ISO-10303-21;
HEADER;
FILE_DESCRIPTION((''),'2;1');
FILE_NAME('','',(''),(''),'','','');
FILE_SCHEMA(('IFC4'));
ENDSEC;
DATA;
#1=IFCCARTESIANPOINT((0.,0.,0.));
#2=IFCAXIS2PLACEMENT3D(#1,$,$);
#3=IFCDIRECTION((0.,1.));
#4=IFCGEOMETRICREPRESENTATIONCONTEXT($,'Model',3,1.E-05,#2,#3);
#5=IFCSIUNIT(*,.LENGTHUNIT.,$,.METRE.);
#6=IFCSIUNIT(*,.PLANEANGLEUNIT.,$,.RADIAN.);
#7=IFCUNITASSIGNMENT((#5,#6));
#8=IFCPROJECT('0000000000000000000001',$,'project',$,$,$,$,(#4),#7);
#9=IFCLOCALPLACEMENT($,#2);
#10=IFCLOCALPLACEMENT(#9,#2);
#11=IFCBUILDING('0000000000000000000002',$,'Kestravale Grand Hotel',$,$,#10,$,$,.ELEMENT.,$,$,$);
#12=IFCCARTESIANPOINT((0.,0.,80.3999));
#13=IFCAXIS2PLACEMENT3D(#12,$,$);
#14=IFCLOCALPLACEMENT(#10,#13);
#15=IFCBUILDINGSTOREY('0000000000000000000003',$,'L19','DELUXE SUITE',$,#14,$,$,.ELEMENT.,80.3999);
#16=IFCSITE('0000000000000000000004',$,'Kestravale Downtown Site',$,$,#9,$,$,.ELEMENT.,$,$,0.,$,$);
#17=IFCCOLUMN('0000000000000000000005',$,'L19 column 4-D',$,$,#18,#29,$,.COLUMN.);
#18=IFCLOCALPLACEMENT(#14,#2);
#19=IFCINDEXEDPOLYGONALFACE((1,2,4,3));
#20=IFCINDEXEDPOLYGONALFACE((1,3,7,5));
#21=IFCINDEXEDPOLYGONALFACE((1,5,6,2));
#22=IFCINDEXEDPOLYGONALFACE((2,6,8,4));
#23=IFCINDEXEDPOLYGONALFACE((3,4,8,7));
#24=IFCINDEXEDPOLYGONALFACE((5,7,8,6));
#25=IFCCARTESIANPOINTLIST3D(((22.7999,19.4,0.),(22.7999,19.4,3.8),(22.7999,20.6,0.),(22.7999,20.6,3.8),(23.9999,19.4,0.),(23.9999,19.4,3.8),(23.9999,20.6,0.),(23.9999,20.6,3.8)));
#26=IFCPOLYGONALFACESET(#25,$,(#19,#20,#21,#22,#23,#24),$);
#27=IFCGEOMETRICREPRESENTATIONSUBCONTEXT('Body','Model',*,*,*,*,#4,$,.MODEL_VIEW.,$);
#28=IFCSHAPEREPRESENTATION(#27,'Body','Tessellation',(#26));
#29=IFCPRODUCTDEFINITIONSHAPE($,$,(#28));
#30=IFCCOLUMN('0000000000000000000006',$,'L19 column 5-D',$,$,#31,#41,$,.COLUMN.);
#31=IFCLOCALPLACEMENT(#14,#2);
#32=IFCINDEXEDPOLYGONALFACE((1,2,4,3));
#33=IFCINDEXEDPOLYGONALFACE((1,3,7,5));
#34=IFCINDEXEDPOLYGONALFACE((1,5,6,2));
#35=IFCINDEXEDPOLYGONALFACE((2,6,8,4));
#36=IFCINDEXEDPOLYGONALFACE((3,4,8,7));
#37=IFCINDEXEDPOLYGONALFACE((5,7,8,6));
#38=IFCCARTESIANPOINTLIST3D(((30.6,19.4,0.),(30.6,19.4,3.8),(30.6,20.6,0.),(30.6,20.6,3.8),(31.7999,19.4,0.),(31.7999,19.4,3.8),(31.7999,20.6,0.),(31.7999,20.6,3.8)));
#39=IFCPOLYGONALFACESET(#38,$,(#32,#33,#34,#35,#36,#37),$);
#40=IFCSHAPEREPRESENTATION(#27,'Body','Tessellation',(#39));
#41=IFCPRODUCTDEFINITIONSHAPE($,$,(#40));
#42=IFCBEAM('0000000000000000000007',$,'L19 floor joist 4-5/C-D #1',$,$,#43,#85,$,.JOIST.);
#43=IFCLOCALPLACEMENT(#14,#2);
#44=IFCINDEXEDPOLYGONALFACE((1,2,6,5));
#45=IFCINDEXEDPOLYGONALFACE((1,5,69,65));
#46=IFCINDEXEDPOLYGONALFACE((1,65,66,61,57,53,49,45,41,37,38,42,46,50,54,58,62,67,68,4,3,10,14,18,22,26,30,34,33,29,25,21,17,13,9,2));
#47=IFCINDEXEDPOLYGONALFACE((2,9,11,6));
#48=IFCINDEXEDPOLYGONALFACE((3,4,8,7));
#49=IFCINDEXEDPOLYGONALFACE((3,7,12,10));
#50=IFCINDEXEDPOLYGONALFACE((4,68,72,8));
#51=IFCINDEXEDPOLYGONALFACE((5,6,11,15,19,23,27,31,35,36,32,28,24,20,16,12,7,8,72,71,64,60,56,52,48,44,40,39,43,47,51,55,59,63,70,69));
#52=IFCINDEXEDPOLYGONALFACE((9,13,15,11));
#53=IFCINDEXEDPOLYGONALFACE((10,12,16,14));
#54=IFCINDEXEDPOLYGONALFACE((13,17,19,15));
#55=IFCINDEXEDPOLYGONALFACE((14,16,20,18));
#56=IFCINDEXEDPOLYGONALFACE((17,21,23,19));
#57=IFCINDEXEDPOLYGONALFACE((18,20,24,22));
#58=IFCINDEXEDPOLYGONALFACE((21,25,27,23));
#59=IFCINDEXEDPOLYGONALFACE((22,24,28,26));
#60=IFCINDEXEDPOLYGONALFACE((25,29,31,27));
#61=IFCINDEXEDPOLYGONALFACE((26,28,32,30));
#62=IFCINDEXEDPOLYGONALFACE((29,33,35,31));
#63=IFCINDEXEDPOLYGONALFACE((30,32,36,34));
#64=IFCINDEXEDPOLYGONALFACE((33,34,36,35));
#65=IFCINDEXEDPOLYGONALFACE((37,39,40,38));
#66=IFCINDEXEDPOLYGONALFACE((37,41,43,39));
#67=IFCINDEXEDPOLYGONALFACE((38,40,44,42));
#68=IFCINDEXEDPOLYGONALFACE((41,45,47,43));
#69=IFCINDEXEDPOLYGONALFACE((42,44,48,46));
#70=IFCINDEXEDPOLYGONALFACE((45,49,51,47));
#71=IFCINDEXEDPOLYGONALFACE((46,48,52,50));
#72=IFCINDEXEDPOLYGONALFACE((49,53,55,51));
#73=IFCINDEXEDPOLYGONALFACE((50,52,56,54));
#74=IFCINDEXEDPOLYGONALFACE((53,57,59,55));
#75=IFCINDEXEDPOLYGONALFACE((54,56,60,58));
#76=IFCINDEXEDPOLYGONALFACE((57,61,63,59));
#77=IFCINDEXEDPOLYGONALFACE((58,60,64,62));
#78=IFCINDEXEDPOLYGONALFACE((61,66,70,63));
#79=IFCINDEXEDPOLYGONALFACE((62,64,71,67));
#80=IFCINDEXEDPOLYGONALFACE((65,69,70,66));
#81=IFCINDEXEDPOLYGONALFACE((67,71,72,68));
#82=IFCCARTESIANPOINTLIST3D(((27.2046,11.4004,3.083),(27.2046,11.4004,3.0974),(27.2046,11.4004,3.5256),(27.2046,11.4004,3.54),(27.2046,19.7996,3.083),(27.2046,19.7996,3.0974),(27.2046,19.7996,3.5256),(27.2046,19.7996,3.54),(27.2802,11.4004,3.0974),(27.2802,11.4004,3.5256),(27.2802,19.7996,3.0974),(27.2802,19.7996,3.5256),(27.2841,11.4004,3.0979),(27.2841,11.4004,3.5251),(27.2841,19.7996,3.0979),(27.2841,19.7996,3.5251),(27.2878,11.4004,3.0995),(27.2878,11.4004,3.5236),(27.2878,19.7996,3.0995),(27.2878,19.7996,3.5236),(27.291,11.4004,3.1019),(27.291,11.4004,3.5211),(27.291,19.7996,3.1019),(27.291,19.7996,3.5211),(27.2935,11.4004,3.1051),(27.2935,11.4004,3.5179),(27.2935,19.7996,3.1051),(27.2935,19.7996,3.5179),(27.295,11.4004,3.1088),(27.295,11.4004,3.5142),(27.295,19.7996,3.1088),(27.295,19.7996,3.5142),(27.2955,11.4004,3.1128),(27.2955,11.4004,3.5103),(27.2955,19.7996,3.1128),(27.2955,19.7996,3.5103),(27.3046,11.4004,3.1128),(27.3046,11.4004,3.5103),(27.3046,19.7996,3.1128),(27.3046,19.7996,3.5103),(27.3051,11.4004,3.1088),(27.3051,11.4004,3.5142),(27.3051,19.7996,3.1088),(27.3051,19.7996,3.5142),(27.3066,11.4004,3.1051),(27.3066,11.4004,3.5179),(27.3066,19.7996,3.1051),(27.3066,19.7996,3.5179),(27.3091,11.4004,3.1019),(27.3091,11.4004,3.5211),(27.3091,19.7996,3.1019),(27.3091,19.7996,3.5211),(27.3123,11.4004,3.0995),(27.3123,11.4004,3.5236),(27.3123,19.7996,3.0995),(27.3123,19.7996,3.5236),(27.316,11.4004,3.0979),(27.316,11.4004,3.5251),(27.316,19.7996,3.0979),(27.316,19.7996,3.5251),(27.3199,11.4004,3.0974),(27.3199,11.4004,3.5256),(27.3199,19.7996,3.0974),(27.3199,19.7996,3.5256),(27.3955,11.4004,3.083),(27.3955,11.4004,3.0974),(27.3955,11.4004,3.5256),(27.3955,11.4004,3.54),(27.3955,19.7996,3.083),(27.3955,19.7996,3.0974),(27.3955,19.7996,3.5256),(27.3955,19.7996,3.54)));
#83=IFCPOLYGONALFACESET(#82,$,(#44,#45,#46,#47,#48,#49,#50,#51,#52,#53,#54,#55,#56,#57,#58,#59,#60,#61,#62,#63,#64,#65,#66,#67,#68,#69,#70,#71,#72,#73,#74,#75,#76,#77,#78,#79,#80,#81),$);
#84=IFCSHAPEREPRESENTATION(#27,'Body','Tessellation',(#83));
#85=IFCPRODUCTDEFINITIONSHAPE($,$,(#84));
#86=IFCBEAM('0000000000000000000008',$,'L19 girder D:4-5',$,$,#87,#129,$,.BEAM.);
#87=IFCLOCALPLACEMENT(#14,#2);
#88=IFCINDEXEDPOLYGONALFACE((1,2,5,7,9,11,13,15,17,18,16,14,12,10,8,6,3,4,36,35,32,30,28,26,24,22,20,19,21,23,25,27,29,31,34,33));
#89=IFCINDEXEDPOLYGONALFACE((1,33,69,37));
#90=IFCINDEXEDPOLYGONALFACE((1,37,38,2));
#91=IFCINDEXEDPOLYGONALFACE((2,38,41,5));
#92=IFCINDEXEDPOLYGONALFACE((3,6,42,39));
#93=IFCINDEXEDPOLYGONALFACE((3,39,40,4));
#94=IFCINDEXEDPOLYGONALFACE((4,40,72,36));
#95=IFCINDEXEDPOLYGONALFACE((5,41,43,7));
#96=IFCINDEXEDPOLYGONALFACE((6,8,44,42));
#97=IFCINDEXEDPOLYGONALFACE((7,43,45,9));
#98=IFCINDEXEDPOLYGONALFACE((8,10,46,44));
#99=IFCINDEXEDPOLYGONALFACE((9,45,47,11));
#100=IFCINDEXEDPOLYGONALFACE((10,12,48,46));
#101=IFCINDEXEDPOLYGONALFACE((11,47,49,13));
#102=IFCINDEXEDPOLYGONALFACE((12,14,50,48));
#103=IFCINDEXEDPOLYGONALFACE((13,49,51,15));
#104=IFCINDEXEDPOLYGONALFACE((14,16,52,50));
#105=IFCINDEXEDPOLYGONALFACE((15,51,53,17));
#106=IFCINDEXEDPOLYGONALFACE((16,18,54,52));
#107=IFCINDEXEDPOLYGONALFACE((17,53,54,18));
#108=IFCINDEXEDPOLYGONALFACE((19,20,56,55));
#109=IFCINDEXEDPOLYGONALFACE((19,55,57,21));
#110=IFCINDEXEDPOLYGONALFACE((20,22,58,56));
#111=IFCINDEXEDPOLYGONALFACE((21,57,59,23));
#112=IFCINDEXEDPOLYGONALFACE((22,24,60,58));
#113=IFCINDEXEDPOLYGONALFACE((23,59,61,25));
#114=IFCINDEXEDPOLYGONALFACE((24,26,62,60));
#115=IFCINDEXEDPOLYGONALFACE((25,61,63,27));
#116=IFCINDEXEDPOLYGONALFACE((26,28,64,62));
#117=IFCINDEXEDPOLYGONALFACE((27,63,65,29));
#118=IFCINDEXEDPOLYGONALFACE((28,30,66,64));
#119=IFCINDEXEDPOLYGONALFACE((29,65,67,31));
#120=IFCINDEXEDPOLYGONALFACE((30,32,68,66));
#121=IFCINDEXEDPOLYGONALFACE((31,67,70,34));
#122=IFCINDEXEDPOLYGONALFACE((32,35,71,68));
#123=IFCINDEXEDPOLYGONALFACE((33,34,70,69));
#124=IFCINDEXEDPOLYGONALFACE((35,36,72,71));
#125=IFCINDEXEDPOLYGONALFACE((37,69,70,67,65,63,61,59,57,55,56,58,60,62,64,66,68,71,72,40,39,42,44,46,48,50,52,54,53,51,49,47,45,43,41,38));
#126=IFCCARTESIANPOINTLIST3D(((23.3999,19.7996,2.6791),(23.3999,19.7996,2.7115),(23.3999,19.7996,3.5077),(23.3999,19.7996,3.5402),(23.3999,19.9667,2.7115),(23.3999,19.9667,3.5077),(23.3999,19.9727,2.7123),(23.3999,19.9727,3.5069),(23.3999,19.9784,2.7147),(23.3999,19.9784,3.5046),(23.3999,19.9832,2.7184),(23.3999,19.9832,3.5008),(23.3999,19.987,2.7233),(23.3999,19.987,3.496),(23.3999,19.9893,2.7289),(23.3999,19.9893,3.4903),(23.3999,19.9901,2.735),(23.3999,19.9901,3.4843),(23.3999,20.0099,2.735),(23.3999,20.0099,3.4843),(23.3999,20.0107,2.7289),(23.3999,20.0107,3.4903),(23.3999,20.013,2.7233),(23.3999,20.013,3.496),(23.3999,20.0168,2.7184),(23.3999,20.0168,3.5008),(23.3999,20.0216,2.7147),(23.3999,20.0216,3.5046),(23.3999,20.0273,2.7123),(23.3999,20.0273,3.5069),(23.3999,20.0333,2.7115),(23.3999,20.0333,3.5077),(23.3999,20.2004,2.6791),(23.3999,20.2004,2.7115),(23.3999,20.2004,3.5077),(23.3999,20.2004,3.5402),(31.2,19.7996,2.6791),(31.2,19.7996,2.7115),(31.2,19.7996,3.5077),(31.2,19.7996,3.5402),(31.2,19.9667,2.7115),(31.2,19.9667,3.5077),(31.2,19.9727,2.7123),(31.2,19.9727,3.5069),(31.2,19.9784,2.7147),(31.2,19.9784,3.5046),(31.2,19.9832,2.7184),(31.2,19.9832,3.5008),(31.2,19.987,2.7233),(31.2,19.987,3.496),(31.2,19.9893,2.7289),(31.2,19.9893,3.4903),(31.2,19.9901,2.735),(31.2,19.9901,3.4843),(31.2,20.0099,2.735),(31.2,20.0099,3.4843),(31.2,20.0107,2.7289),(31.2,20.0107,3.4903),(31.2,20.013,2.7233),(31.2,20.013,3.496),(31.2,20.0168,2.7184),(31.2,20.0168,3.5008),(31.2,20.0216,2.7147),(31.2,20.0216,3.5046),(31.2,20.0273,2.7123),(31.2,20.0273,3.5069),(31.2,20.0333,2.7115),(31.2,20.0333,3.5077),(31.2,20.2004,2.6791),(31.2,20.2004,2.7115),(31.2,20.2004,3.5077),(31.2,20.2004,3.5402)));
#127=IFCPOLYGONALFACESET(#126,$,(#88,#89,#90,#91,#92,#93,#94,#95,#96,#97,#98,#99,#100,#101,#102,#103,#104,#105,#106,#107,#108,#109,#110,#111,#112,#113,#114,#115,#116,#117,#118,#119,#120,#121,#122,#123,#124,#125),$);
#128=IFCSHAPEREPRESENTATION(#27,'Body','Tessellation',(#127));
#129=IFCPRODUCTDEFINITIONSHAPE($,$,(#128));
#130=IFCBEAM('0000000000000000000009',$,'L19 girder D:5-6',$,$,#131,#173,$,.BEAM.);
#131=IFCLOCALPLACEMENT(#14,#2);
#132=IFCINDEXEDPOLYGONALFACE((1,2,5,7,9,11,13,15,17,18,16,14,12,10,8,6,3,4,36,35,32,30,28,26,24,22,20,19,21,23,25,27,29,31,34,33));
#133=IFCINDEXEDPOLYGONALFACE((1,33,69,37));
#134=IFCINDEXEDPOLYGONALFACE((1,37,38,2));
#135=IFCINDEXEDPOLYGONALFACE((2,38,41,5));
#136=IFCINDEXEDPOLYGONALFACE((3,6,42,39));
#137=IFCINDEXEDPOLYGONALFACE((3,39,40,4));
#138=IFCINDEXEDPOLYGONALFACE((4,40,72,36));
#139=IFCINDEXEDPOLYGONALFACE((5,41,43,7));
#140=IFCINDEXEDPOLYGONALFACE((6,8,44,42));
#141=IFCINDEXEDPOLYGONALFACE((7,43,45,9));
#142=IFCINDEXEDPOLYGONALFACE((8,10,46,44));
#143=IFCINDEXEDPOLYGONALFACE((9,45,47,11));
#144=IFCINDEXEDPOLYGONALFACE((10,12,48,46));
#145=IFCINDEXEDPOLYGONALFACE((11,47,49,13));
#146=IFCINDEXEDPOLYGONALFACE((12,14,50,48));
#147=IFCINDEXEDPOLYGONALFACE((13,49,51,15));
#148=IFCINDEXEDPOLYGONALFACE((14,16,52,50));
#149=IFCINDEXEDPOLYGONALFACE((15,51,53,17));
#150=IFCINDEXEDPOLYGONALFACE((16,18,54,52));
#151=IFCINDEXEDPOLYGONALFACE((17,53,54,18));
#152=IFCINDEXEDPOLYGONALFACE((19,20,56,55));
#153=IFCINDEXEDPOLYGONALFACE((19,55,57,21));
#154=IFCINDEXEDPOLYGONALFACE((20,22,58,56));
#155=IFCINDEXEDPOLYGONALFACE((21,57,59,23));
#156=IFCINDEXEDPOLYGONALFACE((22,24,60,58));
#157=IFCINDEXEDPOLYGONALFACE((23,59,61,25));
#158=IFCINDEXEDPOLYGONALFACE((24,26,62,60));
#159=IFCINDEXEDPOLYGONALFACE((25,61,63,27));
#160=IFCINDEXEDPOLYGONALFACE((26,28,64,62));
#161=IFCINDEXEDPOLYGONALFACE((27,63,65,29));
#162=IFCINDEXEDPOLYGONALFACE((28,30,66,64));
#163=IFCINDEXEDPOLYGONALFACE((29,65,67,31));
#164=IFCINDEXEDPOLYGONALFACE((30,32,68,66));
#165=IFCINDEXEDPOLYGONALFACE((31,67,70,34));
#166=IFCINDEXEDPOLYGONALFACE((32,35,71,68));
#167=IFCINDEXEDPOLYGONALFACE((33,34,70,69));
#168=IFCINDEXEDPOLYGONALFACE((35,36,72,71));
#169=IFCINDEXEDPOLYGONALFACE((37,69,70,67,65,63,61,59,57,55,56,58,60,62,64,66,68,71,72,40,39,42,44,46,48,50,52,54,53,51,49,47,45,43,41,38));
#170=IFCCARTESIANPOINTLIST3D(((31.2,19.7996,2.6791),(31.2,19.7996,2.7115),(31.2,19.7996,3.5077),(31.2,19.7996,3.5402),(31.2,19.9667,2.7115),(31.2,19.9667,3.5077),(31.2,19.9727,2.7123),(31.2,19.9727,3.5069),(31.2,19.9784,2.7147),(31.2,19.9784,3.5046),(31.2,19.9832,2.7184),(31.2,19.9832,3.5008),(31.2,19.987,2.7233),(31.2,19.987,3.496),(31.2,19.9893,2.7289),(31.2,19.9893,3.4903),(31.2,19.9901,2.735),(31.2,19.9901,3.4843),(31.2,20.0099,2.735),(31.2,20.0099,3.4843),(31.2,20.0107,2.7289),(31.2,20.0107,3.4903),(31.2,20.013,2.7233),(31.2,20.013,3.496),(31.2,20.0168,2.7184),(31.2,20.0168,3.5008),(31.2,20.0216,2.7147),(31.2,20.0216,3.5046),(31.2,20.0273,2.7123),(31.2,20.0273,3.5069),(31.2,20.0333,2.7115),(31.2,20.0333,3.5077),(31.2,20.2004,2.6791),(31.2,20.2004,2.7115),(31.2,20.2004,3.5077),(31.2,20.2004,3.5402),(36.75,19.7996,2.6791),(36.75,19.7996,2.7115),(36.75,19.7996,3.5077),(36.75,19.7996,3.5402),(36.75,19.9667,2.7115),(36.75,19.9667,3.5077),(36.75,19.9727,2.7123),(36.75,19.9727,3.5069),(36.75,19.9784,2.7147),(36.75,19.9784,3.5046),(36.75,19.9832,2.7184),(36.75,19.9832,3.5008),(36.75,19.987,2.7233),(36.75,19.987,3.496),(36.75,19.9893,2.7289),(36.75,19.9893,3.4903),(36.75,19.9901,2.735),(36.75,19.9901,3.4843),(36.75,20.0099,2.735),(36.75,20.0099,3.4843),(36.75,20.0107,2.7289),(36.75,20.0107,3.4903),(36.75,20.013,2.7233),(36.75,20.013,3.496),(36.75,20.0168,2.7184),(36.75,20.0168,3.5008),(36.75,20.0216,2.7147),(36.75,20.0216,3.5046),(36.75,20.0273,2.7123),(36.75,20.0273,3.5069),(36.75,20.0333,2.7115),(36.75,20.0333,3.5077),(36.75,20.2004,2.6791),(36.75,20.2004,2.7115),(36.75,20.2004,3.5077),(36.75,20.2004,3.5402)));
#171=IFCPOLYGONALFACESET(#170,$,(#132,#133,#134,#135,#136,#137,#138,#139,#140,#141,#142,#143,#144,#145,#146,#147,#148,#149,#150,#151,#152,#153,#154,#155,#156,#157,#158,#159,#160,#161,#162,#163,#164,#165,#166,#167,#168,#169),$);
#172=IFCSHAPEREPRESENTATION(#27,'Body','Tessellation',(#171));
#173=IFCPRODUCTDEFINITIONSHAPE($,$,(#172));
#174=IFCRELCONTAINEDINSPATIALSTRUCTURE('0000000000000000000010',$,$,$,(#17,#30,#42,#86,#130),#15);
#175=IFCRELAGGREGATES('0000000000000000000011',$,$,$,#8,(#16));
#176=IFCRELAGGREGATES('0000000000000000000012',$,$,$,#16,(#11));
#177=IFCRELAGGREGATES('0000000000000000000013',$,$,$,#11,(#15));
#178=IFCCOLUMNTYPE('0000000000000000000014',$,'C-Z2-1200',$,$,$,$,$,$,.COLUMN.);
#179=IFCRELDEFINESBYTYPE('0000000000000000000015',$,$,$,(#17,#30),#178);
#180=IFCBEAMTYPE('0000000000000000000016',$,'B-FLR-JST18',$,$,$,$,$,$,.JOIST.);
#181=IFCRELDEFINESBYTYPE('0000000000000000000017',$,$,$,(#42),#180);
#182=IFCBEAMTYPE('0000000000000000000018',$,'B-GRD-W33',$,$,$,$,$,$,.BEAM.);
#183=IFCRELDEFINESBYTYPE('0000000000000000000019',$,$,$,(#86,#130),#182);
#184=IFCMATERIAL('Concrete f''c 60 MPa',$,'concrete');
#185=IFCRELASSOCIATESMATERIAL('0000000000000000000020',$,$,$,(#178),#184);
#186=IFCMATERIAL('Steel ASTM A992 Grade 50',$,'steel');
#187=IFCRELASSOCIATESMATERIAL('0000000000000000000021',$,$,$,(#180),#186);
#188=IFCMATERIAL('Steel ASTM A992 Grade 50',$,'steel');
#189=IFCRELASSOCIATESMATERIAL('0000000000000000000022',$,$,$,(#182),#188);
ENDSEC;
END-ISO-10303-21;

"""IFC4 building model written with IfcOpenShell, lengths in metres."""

from ifc_helpers import new_model, si_unit, direction, frame, origin, origin_2d, place, context, subcontext, project, spatial, rectangle, i_section, extrude, material, material_profile, profile_set, type_object, element, save


model = new_model("IFC4")

# Units and contexts
model_context = context("Model", 3, precision=1e-05, world=origin(), true_north=direction((0.0, 1.0)))
body_context = subcontext(model_context, "Body", "Model", "MODEL_VIEW")
ifc_project = project(units=[si_unit("LENGTHUNIT", "METRE"), si_unit("PLANEANGLEUNIT", "RADIAN")], contexts=[model_context])

# Site, building, storey
site_placement = place(None, origin())
site = spatial("IfcSite", under=ifc_project, at=site_placement, Name="Kestravale Downtown Site", CompositionType="ELEMENT", RefElevation=0.0)
building_placement = place(site_placement, origin())
building = spatial("IfcBuilding", under=site, at=building_placement, Name="Kestravale Grand Hotel", CompositionType="ELEMENT")
storey_placement = place(building_placement, frame((0.0, 0.0, 80.3999)))
storey = spatial("IfcBuildingStorey", under=building, at=storey_placement, Name="L19", Description="DELUXE SUITE", CompositionType="ELEMENT", Elevation=80.3999)

# Columns
ifc_material_1 = material(Name="Concrete f'c 60 MPa", Category="concrete")
ifc_material_profile_1 = material_profile(ifc_material_1, rectangle(XDim=1.2, YDim=1.2, at=origin_2d()))
ifc_profile_set_1 = profile_set([ifc_material_profile_1], Name="Concrete f'c 60 MPa")
column_type = type_object("IfcColumnType", Name="C-Z2-1200", PredefinedType="COLUMN", material=ifc_profile_set_1)
for number, where, z_axis, x_axis, name in (
    (1, (23.3999, 20.0, 0.0), (0.0, 0.0, 1.0), (1.0, 0.0, 0.0), "L19 column 4-D"),
    (2, (31.2, 20.0, 0.0), (0.0, 0.0, 1.0), (1.0, 0.0, 0.0), "L19 column 5-D"),
):
    element("IfcColumn", number, at=place(storey_placement, frame(where, z_axis=z_axis, x_axis=x_axis)), inside=storey, type_object=column_type, Name=name, PredefinedType="COLUMN", context=body_context, shape_type="SweptSolid", body=[
        extrude(rectangle(XDim=1.2, YDim=1.2, at=origin_2d()), origin(), (0.0, 0.0, 1.0), 3.8),
    ])

# Beams
ifc_material_2 = material(Name="Steel ASTM A992 Grade 50", Category="steel")
ifc_material_profile_2 = material_profile(ifc_material_2, i_section(OverallWidth=0.1909, OverallDepth=0.457, WebThickness=0.009, FlangeThickness=0.0144, FilletRadius=0.0154, at=origin_2d()))
ifc_profile_set_2 = profile_set([ifc_material_profile_2], Name="Steel ASTM A992 Grade 50")
beam_type_1 = type_object("IfcBeamType", Name="B-FLR-JST18", PredefinedType="JOIST", material=ifc_profile_set_2)
beam_1_placement = place(storey_placement, frame((27.3, 11.4004, 3.3115), z_axis=(0.0, 1.0, 0.0), x_axis=(-1.0, 0.0, 0.0)))
element("IfcBeam", 3, at=beam_1_placement, inside=storey, type_object=beam_type_1, Name="L19 floor joist 4-5/C-D #1", PredefinedType="JOIST", context=body_context, shape_type="SweptSolid", body=[
    extrude(i_section(OverallWidth=0.1909, OverallDepth=0.457, WebThickness=0.009, FlangeThickness=0.0144, FilletRadius=0.0154, at=origin_2d()), origin(), (0.0, 0.0, 1.0), 8.3992),
])
ifc_material_3 = material(Name="Steel ASTM A992 Grade 50", Category="steel")
ifc_material_profile_3 = material_profile(ifc_material_3, i_section(OverallWidth=0.4009, OverallDepth=0.8611, WebThickness=0.0198, FlangeThickness=0.0325, FilletRadius=0.0234, at=origin_2d()))
ifc_profile_set_3 = profile_set([ifc_material_profile_3], Name="Steel ASTM A992 Grade 50")
beam_type_2 = type_object("IfcBeamType", Name="B-GRD-W33", PredefinedType="BEAM", material=ifc_profile_set_3)
beam_2_placement = place(storey_placement, frame((23.3999, 20.0, 3.1096), z_axis=(1.0, 0.0, 0.0), x_axis=(0.0, 1.0, 0.0)))
element("IfcBeam", 4, at=beam_2_placement, inside=storey, type_object=beam_type_2, Name="L19 girder D:4-5", PredefinedType="BEAM", context=body_context, shape_type="SweptSolid", body=[
    extrude(i_section(OverallWidth=0.4009, OverallDepth=0.8611, WebThickness=0.0198, FlangeThickness=0.0325, FilletRadius=0.0234, at=origin_2d()), origin(), (0.0, 0.0, 1.0), 7.8),
])
beam_3_placement = place(storey_placement, frame((31.2, 20.0, 3.1096), z_axis=(1.0, 0.0, 0.0), x_axis=(0.0, 1.0, 0.0)))
element("IfcBeam", 5, at=beam_3_placement, inside=storey, type_object=beam_type_2, Name="L19 girder D:5-6", PredefinedType="BEAM", context=body_context, shape_type="SweptSolid", body=[
    extrude(i_section(OverallWidth=0.4009, OverallDepth=0.8611, WebThickness=0.0198, FlangeThickness=0.0325, FilletRadius=0.0234, at=origin_2d()), origin(), (0.0, 0.0, 1.0), 5.55),
])

save(model, "model.ifc")
